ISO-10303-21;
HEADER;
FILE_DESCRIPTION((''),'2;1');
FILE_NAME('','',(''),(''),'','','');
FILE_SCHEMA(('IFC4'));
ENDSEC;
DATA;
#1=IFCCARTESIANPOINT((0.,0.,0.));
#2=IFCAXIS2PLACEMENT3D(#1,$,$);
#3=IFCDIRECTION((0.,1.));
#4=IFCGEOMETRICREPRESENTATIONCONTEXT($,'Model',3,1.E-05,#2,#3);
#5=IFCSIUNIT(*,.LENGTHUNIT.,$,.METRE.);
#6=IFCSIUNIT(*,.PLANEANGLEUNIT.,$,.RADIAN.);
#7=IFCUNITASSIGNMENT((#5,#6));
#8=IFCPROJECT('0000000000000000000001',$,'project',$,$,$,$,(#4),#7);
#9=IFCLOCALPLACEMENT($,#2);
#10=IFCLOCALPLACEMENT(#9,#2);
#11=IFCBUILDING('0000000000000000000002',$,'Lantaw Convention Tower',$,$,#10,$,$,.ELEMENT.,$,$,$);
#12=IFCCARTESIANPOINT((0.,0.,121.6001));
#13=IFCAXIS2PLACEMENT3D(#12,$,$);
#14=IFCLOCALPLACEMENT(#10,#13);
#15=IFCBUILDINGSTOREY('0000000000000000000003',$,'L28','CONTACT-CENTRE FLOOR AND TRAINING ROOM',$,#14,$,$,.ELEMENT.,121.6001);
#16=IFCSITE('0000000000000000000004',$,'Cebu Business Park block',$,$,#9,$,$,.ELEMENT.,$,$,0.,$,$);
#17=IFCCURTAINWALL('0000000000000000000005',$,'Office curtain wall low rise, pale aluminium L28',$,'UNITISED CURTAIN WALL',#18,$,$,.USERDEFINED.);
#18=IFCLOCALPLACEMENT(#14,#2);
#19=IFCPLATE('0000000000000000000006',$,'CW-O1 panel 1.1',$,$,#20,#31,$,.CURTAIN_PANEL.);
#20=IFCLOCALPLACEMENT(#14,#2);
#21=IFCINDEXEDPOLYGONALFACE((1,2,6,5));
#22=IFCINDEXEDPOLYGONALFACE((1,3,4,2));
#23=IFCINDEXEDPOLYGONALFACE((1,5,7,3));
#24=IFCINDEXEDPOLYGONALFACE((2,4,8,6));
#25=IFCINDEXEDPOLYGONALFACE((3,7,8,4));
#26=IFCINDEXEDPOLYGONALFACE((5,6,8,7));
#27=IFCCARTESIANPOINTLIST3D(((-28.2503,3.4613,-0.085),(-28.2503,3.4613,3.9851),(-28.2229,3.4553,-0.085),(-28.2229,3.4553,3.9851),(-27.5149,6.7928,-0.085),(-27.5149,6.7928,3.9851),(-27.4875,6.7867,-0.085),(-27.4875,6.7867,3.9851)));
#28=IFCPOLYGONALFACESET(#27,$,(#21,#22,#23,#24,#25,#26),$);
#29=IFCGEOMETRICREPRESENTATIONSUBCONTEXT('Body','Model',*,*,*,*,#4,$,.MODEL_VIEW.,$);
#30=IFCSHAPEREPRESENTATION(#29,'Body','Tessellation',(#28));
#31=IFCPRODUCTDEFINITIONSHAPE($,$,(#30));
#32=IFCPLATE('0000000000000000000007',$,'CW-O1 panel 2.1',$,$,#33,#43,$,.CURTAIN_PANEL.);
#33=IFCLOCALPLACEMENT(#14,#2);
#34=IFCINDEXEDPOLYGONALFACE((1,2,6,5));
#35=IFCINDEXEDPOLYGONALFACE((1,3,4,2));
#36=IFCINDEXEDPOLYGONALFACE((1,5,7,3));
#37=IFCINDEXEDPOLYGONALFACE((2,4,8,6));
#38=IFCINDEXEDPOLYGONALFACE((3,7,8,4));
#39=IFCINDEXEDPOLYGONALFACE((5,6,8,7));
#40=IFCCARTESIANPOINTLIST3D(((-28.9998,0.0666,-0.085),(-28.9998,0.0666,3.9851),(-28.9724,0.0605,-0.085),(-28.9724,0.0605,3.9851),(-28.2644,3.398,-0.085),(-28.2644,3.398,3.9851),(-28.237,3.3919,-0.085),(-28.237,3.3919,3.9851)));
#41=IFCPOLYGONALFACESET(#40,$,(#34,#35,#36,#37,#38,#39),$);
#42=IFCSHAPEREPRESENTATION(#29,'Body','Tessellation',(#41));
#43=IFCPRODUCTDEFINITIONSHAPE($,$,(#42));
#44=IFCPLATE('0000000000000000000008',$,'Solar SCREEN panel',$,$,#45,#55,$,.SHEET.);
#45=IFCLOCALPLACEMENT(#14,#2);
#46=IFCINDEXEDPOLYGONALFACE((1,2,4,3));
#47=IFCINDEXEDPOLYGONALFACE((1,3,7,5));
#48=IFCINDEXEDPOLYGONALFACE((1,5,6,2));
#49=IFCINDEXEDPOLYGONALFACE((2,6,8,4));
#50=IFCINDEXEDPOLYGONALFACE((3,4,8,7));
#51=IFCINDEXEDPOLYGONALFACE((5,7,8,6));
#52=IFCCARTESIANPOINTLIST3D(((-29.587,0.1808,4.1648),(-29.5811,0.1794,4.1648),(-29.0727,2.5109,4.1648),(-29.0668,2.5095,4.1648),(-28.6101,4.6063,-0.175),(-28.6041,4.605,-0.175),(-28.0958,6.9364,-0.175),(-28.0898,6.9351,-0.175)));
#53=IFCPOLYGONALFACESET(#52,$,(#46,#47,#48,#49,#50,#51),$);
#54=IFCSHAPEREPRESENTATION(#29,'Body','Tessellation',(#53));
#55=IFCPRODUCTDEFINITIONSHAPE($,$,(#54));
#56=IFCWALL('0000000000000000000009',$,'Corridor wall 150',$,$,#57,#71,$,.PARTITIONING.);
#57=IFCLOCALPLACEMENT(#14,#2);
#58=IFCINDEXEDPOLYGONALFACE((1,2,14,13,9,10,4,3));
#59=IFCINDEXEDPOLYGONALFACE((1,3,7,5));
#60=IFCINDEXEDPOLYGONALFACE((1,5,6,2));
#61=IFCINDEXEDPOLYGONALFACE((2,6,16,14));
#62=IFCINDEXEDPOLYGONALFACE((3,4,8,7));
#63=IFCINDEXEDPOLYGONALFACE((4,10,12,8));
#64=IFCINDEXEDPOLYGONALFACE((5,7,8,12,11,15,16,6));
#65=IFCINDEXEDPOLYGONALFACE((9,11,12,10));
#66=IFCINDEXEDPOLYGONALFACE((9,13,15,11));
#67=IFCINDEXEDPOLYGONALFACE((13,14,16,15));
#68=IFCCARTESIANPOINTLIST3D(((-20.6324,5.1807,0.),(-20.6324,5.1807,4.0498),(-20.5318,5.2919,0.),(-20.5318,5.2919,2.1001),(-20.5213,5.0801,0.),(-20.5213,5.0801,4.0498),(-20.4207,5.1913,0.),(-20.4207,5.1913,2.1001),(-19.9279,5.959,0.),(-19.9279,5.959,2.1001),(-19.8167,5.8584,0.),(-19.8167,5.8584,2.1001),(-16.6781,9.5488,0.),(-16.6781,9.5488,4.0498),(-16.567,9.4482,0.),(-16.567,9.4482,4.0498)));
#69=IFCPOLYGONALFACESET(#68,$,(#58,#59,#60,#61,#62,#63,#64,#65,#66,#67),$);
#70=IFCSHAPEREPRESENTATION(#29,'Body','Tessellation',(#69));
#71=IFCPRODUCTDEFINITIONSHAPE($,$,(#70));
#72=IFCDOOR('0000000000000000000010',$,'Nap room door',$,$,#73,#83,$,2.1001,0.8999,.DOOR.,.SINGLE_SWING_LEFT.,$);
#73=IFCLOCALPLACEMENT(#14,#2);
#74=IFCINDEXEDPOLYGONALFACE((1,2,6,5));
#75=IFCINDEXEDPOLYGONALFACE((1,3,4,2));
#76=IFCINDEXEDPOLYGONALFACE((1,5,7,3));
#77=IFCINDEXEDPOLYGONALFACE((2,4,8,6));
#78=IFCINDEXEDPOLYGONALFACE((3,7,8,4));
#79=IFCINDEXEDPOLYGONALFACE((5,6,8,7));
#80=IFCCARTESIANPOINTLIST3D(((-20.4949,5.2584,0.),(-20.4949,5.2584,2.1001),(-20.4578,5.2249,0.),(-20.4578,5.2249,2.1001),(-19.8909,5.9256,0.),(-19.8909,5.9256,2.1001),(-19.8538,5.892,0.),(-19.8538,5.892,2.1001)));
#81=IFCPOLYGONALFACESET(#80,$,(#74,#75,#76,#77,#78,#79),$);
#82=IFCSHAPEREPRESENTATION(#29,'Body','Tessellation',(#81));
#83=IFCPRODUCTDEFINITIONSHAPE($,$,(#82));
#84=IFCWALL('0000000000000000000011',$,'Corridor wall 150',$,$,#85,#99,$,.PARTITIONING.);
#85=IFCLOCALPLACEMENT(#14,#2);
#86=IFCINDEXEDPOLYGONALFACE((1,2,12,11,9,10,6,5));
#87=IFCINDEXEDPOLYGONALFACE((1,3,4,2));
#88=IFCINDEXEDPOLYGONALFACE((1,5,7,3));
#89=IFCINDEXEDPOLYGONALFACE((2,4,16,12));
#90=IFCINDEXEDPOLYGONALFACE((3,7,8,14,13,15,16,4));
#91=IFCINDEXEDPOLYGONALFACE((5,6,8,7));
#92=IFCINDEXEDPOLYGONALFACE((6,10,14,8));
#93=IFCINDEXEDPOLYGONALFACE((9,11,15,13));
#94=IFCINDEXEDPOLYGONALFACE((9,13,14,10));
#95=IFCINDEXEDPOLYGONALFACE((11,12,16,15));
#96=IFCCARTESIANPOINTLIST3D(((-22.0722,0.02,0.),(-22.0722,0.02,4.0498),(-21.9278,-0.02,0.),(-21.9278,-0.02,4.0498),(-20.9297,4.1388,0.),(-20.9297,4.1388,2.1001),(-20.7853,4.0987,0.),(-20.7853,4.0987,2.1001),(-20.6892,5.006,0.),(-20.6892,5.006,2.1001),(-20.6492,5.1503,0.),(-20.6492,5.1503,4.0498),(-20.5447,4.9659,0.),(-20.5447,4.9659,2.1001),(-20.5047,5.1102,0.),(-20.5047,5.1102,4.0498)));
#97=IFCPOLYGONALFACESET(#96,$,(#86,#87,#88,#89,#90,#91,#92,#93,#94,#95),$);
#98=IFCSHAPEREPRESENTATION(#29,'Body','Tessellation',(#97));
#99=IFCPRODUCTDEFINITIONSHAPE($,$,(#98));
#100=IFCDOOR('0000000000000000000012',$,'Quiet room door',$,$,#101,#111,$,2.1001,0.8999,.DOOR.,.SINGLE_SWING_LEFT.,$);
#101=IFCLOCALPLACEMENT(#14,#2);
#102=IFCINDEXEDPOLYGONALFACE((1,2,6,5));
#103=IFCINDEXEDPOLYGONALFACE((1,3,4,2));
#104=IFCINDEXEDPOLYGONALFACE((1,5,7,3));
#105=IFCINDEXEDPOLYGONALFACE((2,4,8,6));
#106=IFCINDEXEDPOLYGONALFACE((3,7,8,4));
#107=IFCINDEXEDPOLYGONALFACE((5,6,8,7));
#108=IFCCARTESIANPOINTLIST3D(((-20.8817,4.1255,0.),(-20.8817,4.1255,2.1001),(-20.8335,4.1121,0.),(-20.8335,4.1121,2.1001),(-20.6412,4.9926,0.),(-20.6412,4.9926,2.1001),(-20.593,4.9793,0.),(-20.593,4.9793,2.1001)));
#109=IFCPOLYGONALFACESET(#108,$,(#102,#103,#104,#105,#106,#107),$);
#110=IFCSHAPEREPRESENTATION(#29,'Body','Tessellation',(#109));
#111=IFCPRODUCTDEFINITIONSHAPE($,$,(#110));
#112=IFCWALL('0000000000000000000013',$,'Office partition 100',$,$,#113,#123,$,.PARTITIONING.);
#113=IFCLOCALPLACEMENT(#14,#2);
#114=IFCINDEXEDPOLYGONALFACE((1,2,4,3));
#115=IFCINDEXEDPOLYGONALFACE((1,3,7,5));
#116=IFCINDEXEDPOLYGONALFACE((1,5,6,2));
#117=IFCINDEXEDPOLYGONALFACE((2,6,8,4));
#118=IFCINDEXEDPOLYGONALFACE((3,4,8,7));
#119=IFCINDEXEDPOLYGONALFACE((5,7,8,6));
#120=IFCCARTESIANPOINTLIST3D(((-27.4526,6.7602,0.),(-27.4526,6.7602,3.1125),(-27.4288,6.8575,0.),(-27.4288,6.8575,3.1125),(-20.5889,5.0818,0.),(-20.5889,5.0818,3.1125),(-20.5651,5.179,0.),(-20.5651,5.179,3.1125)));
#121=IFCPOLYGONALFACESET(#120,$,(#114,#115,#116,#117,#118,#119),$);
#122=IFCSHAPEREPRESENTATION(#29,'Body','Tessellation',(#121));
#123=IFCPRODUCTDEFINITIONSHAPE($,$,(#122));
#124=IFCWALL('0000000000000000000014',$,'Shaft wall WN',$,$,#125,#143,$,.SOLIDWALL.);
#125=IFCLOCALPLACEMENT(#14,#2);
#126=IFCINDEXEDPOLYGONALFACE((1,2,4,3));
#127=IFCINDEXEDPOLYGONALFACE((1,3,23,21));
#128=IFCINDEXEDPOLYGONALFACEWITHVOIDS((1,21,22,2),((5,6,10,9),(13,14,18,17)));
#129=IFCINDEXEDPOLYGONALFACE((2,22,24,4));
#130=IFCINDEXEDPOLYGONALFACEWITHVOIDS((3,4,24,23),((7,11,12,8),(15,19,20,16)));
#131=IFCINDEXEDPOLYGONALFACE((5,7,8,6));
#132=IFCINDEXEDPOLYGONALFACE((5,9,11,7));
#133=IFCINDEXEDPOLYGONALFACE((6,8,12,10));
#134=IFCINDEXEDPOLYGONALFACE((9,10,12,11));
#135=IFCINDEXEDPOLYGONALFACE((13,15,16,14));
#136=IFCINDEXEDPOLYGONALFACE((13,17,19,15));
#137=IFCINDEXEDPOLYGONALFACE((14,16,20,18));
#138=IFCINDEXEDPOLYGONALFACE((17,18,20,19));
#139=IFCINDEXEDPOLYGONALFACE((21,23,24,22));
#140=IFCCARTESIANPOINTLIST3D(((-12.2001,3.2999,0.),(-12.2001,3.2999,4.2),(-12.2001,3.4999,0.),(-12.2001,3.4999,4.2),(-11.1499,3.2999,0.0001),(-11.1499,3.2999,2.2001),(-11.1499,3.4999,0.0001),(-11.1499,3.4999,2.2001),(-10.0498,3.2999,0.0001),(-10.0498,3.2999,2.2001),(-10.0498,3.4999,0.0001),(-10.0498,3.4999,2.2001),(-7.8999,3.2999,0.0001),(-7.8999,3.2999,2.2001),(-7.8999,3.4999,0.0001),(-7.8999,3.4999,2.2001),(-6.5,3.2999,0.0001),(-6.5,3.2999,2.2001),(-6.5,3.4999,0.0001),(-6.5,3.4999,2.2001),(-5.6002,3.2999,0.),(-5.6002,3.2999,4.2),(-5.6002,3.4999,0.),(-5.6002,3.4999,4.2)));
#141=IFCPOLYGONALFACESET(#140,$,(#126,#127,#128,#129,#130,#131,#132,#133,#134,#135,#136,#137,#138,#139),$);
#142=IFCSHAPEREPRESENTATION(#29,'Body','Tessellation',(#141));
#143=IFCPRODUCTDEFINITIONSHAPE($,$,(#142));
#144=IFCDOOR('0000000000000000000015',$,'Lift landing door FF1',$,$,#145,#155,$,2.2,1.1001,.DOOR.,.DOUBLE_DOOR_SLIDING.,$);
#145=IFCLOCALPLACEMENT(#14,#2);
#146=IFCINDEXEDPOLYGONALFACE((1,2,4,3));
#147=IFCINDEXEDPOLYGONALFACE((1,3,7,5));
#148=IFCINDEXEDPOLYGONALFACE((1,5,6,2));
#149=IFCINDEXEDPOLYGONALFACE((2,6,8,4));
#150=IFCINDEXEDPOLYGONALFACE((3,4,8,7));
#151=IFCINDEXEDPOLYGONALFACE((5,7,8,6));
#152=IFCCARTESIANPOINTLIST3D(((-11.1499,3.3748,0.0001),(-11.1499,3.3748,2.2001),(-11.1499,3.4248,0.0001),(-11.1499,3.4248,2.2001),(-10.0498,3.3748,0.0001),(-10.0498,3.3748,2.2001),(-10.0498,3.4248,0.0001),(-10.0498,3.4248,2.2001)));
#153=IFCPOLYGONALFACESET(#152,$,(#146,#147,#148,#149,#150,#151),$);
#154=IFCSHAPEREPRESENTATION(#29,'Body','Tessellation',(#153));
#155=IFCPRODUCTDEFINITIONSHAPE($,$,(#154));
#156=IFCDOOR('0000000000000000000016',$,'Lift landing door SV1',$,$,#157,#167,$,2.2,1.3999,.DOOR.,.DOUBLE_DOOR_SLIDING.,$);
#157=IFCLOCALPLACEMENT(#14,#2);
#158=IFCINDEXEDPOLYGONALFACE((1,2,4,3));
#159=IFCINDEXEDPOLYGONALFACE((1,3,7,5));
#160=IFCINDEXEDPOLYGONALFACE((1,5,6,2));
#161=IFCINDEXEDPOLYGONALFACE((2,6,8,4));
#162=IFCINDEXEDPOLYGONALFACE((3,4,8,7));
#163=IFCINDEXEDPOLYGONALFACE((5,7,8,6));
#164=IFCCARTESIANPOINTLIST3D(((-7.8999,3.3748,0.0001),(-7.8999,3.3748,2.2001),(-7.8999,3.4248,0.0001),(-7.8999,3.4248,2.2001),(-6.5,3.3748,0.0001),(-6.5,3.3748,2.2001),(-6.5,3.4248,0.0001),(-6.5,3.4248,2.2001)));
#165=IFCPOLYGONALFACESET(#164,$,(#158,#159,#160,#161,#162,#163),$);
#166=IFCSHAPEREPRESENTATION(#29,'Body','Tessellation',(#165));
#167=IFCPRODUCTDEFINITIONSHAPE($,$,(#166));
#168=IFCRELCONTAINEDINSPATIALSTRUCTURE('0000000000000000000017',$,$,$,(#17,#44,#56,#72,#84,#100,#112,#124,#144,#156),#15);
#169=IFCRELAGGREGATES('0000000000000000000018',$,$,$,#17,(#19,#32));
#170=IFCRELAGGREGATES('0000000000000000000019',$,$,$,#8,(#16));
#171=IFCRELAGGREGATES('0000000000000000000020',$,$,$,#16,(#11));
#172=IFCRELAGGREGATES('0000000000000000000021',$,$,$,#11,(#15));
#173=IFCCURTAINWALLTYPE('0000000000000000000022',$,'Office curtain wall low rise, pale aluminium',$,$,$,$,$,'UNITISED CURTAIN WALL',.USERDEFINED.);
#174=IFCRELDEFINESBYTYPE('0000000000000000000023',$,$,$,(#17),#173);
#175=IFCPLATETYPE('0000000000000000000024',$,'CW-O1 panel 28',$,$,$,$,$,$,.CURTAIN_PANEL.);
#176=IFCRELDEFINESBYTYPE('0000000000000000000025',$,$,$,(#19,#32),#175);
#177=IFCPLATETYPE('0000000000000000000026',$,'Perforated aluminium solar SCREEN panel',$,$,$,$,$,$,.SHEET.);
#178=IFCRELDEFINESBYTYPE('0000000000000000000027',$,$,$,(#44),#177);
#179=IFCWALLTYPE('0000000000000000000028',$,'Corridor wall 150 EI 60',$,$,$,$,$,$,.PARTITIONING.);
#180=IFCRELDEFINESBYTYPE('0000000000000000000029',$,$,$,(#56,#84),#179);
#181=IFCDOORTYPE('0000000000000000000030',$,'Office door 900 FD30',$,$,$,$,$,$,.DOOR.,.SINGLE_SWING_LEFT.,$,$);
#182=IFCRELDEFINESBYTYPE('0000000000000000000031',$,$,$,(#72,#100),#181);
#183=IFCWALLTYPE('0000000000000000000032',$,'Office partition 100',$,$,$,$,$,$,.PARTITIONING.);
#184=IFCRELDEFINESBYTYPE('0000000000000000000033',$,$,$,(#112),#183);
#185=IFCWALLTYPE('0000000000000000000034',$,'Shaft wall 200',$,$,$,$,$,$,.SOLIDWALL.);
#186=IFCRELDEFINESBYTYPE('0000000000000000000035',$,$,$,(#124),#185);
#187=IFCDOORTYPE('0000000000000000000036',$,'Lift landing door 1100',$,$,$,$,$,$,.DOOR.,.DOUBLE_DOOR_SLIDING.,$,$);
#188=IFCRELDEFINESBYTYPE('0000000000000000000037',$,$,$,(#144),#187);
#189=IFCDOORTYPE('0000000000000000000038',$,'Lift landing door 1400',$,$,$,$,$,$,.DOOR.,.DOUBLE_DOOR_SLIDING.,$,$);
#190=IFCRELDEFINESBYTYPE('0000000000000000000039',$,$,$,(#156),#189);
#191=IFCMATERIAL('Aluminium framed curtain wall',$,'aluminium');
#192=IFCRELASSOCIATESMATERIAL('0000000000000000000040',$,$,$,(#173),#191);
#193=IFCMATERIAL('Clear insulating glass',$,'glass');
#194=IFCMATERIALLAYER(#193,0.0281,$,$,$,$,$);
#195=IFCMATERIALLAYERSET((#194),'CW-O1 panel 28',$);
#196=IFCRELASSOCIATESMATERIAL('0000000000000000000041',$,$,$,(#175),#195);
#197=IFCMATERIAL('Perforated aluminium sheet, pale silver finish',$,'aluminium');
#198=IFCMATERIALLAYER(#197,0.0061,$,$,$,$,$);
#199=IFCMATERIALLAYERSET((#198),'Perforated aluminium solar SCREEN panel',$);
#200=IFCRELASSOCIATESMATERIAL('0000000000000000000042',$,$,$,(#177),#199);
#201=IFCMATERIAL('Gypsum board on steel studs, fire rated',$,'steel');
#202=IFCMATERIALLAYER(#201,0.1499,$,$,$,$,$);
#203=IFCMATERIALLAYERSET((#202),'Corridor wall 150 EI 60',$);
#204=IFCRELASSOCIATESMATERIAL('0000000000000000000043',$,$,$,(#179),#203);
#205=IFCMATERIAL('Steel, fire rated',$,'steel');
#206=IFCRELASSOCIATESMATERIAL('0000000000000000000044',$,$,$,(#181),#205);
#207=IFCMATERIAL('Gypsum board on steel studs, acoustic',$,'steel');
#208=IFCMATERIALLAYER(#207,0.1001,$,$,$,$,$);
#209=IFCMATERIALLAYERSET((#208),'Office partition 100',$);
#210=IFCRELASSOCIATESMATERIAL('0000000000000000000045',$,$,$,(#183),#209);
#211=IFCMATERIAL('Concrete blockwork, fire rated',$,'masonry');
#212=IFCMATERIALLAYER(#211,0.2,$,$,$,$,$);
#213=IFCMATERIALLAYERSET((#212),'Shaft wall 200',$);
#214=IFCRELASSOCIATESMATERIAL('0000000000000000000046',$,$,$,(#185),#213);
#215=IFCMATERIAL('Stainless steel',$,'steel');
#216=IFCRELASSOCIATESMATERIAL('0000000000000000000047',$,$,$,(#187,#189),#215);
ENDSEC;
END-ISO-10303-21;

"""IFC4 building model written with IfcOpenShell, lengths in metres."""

from ifc_helpers import new_model, si_unit, direction, frame, frame_2d, origin, origin_2d, place, context, subcontext, project, spatial, polyline, rectangle, outline, extrude, material, layer, layer_set, type_object, element, fill, aggregate, save


model = new_model("IFC4")

# Units and contexts
model_context = context("Model", 3, precision=1e-05, world=origin(), true_north=direction((0.0, 1.0)))
body_context = subcontext(model_context, "Body", "Model", "MODEL_VIEW")
ifc_project = project(units=[si_unit("LENGTHUNIT", "METRE"), si_unit("PLANEANGLEUNIT", "RADIAN")], contexts=[model_context])

# Site, building, storey
site_placement = place(None, origin())
site = spatial("IfcSite", under=ifc_project, at=site_placement, Name="Cebu Business Park block", CompositionType="ELEMENT", RefElevation=0.0)
building_placement = place(site_placement, origin())
building = spatial("IfcBuilding", under=site, at=building_placement, Name="Lantaw Convention Tower", CompositionType="ELEMENT")
storey_placement = place(building_placement, frame((0.0, 0.0, 121.6001)))
storey = spatial("IfcBuildingStorey", under=building, at=storey_placement, Name="L28", Description="CONTACT-CENTRE FLOOR AND TRAINING ROOM", CompositionType="ELEMENT", Elevation=121.6001)

# Shared definitions
ifc_material_1 = material(Name="Aluminium framed curtain wall", Category="aluminium")
curtain_wall_type = type_object("IfcCurtainWallType", Name="Office curtain wall low rise, pale aluminium", ElementType="UNITISED CURTAIN WALL", PredefinedType="USERDEFINED", material=ifc_material_1)

# Curtain wall
curtain_wall_1_placement = place(storey_placement, origin())
curtain_wall_1 = element("IfcCurtainWall", 1, at=curtain_wall_1_placement, inside=storey, type_object=curtain_wall_type, Name="Office curtain wall low rise, pale aluminium L28", ObjectType="UNITISED CURTAIN WALL", PredefinedType="USERDEFINED")

# Plates
ifc_material_2 = material(Name="Clear insulating glass", Category="glass")
ifc_layer_1 = layer(ifc_material_2, 0.0281)
ifc_layer_set_1 = layer_set([ifc_layer_1], Name="CW-O1 panel 28")
plate_type_1 = type_object("IfcPlateType", Name="CW-O1 panel 28", PredefinedType="CURTAIN_PANEL", material=ifc_layer_set_1)
plate_1_placement = place(storey_placement, frame((-27.8689, 5.124, -0.085), z_axis=(0.0, 0.0, 1.0), x_axis=(-0.215546, -0.976494, 0.0)))
plate_1 = element("IfcPlate", 2, at=plate_1_placement, type_object=plate_type_1, Name="CW-O1 panel 1.1", PredefinedType="CURTAIN_PANEL", context=body_context, shape_type="SweptSolid", body=[
    extrude(rectangle(XDim=3.4116, YDim=0.0281, at=origin_2d()), origin(), (0.0, 0.0, 1.0), 4.0701),
])
plate_2_placement = place(storey_placement, frame((-28.6184, 1.7292, -0.085), z_axis=(0.0, 0.0, 1.0), x_axis=(-0.215546, -0.976494, 0.0)))
plate_2 = element("IfcPlate", 3, at=plate_2_placement, type_object=plate_type_1, Name="CW-O1 panel 2.1", PredefinedType="CURTAIN_PANEL", context=body_context, shape_type="SweptSolid", body=[
    extrude(rectangle(XDim=3.4116, YDim=0.0281, at=origin_2d()), origin(), (0.0, 0.0, 1.0), 4.0701),
])
aggregate(curtain_wall_1, [plate_1, plate_2])
ifc_material_3 = material(Name="Perforated aluminium sheet, pale silver finish", Category="aluminium")
ifc_layer_2 = layer(ifc_material_3, 0.0061)
ifc_layer_set_2 = layer_set([ifc_layer_2], Name="Perforated aluminium solar SCREEN panel")
plate_type_2 = type_object("IfcPlateType", Name="Perforated aluminium solar SCREEN panel", PredefinedType="SHEET", material=ifc_layer_set_2)
plate_3_placement = place(storey_placement, frame((-28.0898, 6.9351, -0.175), z_axis=(0.976498, -0.215527, 0.000033), x_axis=(-0.215527, -0.976498, 0.0)))
element("IfcPlate", 4, at=plate_3_placement, inside=storey, type_object=plate_type_2, Name="Solar SCREEN panel", PredefinedType="SHEET", context=body_context, shape_type="SweptSolid", body=[
    extrude(outline(polyline([(0.0, 0.0), (2.3861, 0.0), (6.9182, -4.3398), (4.5321, -4.3398), (0.0, 0.0)])), origin(), (0.0, 0.0, -1.0), 0.0061),
])

# Walls, openings, doors
ifc_material_4 = material(Name="Gypsum board on steel studs, fire rated", Category="steel")
ifc_layer_3 = layer(ifc_material_4, 0.1499)
ifc_layer_set_3 = layer_set([ifc_layer_3], Name="Corridor wall 150 EI 60")
wall_type_1 = type_object("IfcWallType", Name="Corridor wall 150 EI 60", PredefinedType="PARTITIONING", material=ifc_layer_set_3)
wall_1_placement = place(storey_placement, frame((-16.6226, 9.4985, 0.0), z_axis=(0.0, 0.0, 1.0), x_axis=(-0.671118, -0.74135, 0.0)))
wall_1 = element("IfcWall", 5, at=wall_1_placement, inside=storey, type_object=wall_type_1, Name="Corridor wall 150", PredefinedType="PARTITIONING", context=body_context, shape_type="SweptSolid", body=[
    extrude(rectangle(XDim=5.8921, YDim=0.1499, at=frame_2d((2.946, 0.0))), origin(), (0.0, 0.0, 1.0), 4.0498),
])
opening_1_placement = place(wall_1_placement, frame((4.8423, 0.0, 0.0)))
opening_1 = element("IfcOpeningElement", 6, at=opening_1_placement, cuts=wall_1, PredefinedType="OPENING", context=body_context, shape_type="SweptSolid", body=[
    extrude(rectangle(XDim=0.8999, YDim=2.1001, at=frame_2d((0.45, 1.05))), frame((0.0, 0.085, 0.0), z_axis=(0.0, -1.0, 0.0), x_axis=(1.0, 0.0, 0.0)), (0.0, 0.0, 1.0), 0.1699),
])
ifc_material_5 = material(Name="Steel, fire rated", Category="steel")
door_type_1 = type_object("IfcDoorType", Name="Office door 900 FD30", OperationType="SINGLE_SWING_LEFT", PredefinedType="DOOR", material=ifc_material_5)
door_1_placement = place(opening_1_placement, origin())
door_1 = element("IfcDoor", 7, at=door_1_placement, inside=storey, type_object=door_type_1, Name="Nap room door", OperationType="SINGLE_SWING_LEFT", OverallHeight=2.1001, OverallWidth=0.8999, PredefinedType="DOOR", context=body_context, shape_type="SweptSolid", body=[
    extrude(rectangle(XDim=0.8999, YDim=2.1001, at=frame_2d((0.45, 1.05))), frame((0.0, 0.0249, 0.0), z_axis=(0.0, -1.0, 0.0), x_axis=(1.0, 0.0, 0.0)), (0.0, 0.0, 1.0), 0.05),
])
fill(opening_1, door_1)
wall_2_placement = place(storey_placement, frame((-20.5769, 5.1304, 0.0), z_axis=(0.0, 0.0, 1.0), x_axis=(-0.267294, -0.963615, 0.0)))
wall_2 = element("IfcWall", 8, at=wall_2_placement, inside=storey, type_object=wall_type_1, Name="Corridor wall 150", PredefinedType="PARTITIONING", context=body_context, shape_type="SweptSolid", body=[
    extrude(rectangle(XDim=5.324, YDim=0.1499, at=frame_2d((2.6621, 0.0))), origin(), (0.0, 0.0, 1.0), 4.0498),
])
opening_2_placement = place(wall_2_placement, frame((0.1499, 0.0, 0.0)))
opening_2 = element("IfcOpeningElement", 9, at=opening_2_placement, cuts=wall_2, PredefinedType="OPENING", context=body_context, shape_type="SweptSolid", body=[
    extrude(rectangle(XDim=0.8999, YDim=2.1001, at=frame_2d((0.45, 1.05))), frame((0.0, 0.085, 0.0), z_axis=(0.0, -1.0, 0.0), x_axis=(1.0, 0.0, 0.0)), (0.0, 0.0, 1.0), 0.1699),
])
door_2_placement = place(opening_2_placement, origin())
door_2 = element("IfcDoor", 10, at=door_2_placement, inside=storey, type_object=door_type_1, Name="Quiet room door", OperationType="SINGLE_SWING_LEFT", OverallHeight=2.1001, OverallWidth=0.8999, PredefinedType="DOOR", context=body_context, shape_type="SweptSolid", body=[
    extrude(rectangle(XDim=0.8999, YDim=2.1001, at=frame_2d((0.45, 1.05))), frame((0.0, 0.0249, 0.0), z_axis=(0.0, -1.0, 0.0), x_axis=(1.0, 0.0, 0.0)), (0.0, 0.0, 1.0), 0.05),
])
fill(opening_2, door_2)

# Wall
ifc_material_6 = material(Name="Gypsum board on steel studs, acoustic", Category="steel")
ifc_layer_4 = layer(ifc_material_6, 0.1001)
ifc_layer_set_4 = layer_set([ifc_layer_4], Name="Office partition 100")
wall_type_2 = type_object("IfcWallType", Name="Office partition 100", PredefinedType="PARTITIONING", material=ifc_layer_set_4)
wall_3_placement = place(storey_placement, frame((-27.4407, 6.8088, 0.0), z_axis=(0.0, 0.0, 1.0), x_axis=(0.971378, -0.237541, 0.0)))
element("IfcWall", 11, at=wall_3_placement, inside=storey, type_object=wall_type_2, Name="Office partition 100", PredefinedType="PARTITIONING", context=body_context, shape_type="SweptSolid", body=[
    extrude(rectangle(XDim=7.0659, YDim=0.1001, at=frame_2d((3.533, 0.0))), origin(), (0.0, 0.0, 1.0), 3.1125),
])

# Wall, openings, doors
ifc_material_7 = material(Name="Concrete blockwork, fire rated", Category="masonry")
ifc_layer_5 = layer(ifc_material_7, 0.2)
ifc_layer_set_5 = layer_set([ifc_layer_5], Name="Shaft wall 200")
wall_type_3 = type_object("IfcWallType", Name="Shaft wall 200", PredefinedType="SOLIDWALL", material=ifc_layer_set_5)
wall_4_placement = place(storey_placement, frame((-12.2, 3.3999, 0.0), z_axis=(0.0, 0.0, 1.0), x_axis=(1.0, 0.0, 0.0)))
wall_4 = element("IfcWall", 12, at=wall_4_placement, inside=storey, type_object=wall_type_3, Name="Shaft wall WN", PredefinedType="SOLIDWALL", context=body_context, shape_type="SweptSolid", body=[
    extrude(rectangle(XDim=6.5999, YDim=0.2, at=frame_2d((3.2998, 0.0))), origin(), (0.0, 0.0, 1.0), 4.2),
])
opening_3_placement = place(wall_4_placement, frame((1.05, 0.0, 0.0)))
opening_3 = element("IfcOpeningElement", 13, at=opening_3_placement, cuts=wall_4, PredefinedType="OPENING", context=body_context, shape_type="SweptSolid", body=[
    extrude(rectangle(XDim=1.1001, YDim=2.2, at=frame_2d((0.55, 1.1001))), frame((0.0, 0.1099, 0.0), z_axis=(0.0, -1.0, 0.0), x_axis=(1.0, 0.0, 0.0)), (0.0, 0.0, 1.0), 0.22),
])
opening_4_placement = place(wall_4_placement, frame((4.3, 0.0, 0.0)))
opening_4 = element("IfcOpeningElement", 14, at=opening_4_placement, cuts=wall_4, PredefinedType="OPENING", context=body_context, shape_type="SweptSolid", body=[
    extrude(rectangle(XDim=1.3999, YDim=2.2, at=frame_2d((0.7, 1.1001))), frame((0.0, 0.1099, 0.0), z_axis=(0.0, -1.0, 0.0), x_axis=(1.0, 0.0, 0.0)), (0.0, 0.0, 1.0), 0.22),
])
ifc_material_8 = material(Name="Stainless steel", Category="steel")
door_type_2 = type_object("IfcDoorType", Name="Lift landing door 1100", OperationType="DOUBLE_DOOR_SLIDING", PredefinedType="DOOR", material=ifc_material_8)
door_3_placement = place(opening_3_placement, origin())
door_3 = element("IfcDoor", 15, at=door_3_placement, inside=storey, type_object=door_type_2, Name="Lift landing door FF1", OperationType="DOUBLE_DOOR_SLIDING", OverallHeight=2.2, OverallWidth=1.1001, PredefinedType="DOOR", context=body_context, shape_type="SweptSolid", body=[
    extrude(rectangle(XDim=1.1001, YDim=2.2, at=frame_2d((0.55, 1.1001))), frame((0.0, 0.0249, 0.0), z_axis=(0.0, -1.0, 0.0), x_axis=(1.0, 0.0, 0.0)), (0.0, 0.0, 1.0), 0.05),
])
fill(opening_3, door_3)
door_type_3 = type_object("IfcDoorType", Name="Lift landing door 1400", OperationType="DOUBLE_DOOR_SLIDING", PredefinedType="DOOR", material=ifc_material_8)
door_4_placement = place(opening_4_placement, origin())
door_4 = element("IfcDoor", 16, at=door_4_placement, inside=storey, type_object=door_type_3, Name="Lift landing door SV1", OperationType="DOUBLE_DOOR_SLIDING", OverallHeight=2.2, OverallWidth=1.3999, PredefinedType="DOOR", context=body_context, shape_type="SweptSolid", body=[
    extrude(rectangle(XDim=1.3999, YDim=2.2, at=frame_2d((0.7, 1.1001))), frame((0.0, 0.0249, 0.0), z_axis=(0.0, -1.0, 0.0), x_axis=(1.0, 0.0, 0.0)), (0.0, 0.0, 1.0), 0.05),
])
fill(opening_4, door_4)

save(model, "model.ifc")
